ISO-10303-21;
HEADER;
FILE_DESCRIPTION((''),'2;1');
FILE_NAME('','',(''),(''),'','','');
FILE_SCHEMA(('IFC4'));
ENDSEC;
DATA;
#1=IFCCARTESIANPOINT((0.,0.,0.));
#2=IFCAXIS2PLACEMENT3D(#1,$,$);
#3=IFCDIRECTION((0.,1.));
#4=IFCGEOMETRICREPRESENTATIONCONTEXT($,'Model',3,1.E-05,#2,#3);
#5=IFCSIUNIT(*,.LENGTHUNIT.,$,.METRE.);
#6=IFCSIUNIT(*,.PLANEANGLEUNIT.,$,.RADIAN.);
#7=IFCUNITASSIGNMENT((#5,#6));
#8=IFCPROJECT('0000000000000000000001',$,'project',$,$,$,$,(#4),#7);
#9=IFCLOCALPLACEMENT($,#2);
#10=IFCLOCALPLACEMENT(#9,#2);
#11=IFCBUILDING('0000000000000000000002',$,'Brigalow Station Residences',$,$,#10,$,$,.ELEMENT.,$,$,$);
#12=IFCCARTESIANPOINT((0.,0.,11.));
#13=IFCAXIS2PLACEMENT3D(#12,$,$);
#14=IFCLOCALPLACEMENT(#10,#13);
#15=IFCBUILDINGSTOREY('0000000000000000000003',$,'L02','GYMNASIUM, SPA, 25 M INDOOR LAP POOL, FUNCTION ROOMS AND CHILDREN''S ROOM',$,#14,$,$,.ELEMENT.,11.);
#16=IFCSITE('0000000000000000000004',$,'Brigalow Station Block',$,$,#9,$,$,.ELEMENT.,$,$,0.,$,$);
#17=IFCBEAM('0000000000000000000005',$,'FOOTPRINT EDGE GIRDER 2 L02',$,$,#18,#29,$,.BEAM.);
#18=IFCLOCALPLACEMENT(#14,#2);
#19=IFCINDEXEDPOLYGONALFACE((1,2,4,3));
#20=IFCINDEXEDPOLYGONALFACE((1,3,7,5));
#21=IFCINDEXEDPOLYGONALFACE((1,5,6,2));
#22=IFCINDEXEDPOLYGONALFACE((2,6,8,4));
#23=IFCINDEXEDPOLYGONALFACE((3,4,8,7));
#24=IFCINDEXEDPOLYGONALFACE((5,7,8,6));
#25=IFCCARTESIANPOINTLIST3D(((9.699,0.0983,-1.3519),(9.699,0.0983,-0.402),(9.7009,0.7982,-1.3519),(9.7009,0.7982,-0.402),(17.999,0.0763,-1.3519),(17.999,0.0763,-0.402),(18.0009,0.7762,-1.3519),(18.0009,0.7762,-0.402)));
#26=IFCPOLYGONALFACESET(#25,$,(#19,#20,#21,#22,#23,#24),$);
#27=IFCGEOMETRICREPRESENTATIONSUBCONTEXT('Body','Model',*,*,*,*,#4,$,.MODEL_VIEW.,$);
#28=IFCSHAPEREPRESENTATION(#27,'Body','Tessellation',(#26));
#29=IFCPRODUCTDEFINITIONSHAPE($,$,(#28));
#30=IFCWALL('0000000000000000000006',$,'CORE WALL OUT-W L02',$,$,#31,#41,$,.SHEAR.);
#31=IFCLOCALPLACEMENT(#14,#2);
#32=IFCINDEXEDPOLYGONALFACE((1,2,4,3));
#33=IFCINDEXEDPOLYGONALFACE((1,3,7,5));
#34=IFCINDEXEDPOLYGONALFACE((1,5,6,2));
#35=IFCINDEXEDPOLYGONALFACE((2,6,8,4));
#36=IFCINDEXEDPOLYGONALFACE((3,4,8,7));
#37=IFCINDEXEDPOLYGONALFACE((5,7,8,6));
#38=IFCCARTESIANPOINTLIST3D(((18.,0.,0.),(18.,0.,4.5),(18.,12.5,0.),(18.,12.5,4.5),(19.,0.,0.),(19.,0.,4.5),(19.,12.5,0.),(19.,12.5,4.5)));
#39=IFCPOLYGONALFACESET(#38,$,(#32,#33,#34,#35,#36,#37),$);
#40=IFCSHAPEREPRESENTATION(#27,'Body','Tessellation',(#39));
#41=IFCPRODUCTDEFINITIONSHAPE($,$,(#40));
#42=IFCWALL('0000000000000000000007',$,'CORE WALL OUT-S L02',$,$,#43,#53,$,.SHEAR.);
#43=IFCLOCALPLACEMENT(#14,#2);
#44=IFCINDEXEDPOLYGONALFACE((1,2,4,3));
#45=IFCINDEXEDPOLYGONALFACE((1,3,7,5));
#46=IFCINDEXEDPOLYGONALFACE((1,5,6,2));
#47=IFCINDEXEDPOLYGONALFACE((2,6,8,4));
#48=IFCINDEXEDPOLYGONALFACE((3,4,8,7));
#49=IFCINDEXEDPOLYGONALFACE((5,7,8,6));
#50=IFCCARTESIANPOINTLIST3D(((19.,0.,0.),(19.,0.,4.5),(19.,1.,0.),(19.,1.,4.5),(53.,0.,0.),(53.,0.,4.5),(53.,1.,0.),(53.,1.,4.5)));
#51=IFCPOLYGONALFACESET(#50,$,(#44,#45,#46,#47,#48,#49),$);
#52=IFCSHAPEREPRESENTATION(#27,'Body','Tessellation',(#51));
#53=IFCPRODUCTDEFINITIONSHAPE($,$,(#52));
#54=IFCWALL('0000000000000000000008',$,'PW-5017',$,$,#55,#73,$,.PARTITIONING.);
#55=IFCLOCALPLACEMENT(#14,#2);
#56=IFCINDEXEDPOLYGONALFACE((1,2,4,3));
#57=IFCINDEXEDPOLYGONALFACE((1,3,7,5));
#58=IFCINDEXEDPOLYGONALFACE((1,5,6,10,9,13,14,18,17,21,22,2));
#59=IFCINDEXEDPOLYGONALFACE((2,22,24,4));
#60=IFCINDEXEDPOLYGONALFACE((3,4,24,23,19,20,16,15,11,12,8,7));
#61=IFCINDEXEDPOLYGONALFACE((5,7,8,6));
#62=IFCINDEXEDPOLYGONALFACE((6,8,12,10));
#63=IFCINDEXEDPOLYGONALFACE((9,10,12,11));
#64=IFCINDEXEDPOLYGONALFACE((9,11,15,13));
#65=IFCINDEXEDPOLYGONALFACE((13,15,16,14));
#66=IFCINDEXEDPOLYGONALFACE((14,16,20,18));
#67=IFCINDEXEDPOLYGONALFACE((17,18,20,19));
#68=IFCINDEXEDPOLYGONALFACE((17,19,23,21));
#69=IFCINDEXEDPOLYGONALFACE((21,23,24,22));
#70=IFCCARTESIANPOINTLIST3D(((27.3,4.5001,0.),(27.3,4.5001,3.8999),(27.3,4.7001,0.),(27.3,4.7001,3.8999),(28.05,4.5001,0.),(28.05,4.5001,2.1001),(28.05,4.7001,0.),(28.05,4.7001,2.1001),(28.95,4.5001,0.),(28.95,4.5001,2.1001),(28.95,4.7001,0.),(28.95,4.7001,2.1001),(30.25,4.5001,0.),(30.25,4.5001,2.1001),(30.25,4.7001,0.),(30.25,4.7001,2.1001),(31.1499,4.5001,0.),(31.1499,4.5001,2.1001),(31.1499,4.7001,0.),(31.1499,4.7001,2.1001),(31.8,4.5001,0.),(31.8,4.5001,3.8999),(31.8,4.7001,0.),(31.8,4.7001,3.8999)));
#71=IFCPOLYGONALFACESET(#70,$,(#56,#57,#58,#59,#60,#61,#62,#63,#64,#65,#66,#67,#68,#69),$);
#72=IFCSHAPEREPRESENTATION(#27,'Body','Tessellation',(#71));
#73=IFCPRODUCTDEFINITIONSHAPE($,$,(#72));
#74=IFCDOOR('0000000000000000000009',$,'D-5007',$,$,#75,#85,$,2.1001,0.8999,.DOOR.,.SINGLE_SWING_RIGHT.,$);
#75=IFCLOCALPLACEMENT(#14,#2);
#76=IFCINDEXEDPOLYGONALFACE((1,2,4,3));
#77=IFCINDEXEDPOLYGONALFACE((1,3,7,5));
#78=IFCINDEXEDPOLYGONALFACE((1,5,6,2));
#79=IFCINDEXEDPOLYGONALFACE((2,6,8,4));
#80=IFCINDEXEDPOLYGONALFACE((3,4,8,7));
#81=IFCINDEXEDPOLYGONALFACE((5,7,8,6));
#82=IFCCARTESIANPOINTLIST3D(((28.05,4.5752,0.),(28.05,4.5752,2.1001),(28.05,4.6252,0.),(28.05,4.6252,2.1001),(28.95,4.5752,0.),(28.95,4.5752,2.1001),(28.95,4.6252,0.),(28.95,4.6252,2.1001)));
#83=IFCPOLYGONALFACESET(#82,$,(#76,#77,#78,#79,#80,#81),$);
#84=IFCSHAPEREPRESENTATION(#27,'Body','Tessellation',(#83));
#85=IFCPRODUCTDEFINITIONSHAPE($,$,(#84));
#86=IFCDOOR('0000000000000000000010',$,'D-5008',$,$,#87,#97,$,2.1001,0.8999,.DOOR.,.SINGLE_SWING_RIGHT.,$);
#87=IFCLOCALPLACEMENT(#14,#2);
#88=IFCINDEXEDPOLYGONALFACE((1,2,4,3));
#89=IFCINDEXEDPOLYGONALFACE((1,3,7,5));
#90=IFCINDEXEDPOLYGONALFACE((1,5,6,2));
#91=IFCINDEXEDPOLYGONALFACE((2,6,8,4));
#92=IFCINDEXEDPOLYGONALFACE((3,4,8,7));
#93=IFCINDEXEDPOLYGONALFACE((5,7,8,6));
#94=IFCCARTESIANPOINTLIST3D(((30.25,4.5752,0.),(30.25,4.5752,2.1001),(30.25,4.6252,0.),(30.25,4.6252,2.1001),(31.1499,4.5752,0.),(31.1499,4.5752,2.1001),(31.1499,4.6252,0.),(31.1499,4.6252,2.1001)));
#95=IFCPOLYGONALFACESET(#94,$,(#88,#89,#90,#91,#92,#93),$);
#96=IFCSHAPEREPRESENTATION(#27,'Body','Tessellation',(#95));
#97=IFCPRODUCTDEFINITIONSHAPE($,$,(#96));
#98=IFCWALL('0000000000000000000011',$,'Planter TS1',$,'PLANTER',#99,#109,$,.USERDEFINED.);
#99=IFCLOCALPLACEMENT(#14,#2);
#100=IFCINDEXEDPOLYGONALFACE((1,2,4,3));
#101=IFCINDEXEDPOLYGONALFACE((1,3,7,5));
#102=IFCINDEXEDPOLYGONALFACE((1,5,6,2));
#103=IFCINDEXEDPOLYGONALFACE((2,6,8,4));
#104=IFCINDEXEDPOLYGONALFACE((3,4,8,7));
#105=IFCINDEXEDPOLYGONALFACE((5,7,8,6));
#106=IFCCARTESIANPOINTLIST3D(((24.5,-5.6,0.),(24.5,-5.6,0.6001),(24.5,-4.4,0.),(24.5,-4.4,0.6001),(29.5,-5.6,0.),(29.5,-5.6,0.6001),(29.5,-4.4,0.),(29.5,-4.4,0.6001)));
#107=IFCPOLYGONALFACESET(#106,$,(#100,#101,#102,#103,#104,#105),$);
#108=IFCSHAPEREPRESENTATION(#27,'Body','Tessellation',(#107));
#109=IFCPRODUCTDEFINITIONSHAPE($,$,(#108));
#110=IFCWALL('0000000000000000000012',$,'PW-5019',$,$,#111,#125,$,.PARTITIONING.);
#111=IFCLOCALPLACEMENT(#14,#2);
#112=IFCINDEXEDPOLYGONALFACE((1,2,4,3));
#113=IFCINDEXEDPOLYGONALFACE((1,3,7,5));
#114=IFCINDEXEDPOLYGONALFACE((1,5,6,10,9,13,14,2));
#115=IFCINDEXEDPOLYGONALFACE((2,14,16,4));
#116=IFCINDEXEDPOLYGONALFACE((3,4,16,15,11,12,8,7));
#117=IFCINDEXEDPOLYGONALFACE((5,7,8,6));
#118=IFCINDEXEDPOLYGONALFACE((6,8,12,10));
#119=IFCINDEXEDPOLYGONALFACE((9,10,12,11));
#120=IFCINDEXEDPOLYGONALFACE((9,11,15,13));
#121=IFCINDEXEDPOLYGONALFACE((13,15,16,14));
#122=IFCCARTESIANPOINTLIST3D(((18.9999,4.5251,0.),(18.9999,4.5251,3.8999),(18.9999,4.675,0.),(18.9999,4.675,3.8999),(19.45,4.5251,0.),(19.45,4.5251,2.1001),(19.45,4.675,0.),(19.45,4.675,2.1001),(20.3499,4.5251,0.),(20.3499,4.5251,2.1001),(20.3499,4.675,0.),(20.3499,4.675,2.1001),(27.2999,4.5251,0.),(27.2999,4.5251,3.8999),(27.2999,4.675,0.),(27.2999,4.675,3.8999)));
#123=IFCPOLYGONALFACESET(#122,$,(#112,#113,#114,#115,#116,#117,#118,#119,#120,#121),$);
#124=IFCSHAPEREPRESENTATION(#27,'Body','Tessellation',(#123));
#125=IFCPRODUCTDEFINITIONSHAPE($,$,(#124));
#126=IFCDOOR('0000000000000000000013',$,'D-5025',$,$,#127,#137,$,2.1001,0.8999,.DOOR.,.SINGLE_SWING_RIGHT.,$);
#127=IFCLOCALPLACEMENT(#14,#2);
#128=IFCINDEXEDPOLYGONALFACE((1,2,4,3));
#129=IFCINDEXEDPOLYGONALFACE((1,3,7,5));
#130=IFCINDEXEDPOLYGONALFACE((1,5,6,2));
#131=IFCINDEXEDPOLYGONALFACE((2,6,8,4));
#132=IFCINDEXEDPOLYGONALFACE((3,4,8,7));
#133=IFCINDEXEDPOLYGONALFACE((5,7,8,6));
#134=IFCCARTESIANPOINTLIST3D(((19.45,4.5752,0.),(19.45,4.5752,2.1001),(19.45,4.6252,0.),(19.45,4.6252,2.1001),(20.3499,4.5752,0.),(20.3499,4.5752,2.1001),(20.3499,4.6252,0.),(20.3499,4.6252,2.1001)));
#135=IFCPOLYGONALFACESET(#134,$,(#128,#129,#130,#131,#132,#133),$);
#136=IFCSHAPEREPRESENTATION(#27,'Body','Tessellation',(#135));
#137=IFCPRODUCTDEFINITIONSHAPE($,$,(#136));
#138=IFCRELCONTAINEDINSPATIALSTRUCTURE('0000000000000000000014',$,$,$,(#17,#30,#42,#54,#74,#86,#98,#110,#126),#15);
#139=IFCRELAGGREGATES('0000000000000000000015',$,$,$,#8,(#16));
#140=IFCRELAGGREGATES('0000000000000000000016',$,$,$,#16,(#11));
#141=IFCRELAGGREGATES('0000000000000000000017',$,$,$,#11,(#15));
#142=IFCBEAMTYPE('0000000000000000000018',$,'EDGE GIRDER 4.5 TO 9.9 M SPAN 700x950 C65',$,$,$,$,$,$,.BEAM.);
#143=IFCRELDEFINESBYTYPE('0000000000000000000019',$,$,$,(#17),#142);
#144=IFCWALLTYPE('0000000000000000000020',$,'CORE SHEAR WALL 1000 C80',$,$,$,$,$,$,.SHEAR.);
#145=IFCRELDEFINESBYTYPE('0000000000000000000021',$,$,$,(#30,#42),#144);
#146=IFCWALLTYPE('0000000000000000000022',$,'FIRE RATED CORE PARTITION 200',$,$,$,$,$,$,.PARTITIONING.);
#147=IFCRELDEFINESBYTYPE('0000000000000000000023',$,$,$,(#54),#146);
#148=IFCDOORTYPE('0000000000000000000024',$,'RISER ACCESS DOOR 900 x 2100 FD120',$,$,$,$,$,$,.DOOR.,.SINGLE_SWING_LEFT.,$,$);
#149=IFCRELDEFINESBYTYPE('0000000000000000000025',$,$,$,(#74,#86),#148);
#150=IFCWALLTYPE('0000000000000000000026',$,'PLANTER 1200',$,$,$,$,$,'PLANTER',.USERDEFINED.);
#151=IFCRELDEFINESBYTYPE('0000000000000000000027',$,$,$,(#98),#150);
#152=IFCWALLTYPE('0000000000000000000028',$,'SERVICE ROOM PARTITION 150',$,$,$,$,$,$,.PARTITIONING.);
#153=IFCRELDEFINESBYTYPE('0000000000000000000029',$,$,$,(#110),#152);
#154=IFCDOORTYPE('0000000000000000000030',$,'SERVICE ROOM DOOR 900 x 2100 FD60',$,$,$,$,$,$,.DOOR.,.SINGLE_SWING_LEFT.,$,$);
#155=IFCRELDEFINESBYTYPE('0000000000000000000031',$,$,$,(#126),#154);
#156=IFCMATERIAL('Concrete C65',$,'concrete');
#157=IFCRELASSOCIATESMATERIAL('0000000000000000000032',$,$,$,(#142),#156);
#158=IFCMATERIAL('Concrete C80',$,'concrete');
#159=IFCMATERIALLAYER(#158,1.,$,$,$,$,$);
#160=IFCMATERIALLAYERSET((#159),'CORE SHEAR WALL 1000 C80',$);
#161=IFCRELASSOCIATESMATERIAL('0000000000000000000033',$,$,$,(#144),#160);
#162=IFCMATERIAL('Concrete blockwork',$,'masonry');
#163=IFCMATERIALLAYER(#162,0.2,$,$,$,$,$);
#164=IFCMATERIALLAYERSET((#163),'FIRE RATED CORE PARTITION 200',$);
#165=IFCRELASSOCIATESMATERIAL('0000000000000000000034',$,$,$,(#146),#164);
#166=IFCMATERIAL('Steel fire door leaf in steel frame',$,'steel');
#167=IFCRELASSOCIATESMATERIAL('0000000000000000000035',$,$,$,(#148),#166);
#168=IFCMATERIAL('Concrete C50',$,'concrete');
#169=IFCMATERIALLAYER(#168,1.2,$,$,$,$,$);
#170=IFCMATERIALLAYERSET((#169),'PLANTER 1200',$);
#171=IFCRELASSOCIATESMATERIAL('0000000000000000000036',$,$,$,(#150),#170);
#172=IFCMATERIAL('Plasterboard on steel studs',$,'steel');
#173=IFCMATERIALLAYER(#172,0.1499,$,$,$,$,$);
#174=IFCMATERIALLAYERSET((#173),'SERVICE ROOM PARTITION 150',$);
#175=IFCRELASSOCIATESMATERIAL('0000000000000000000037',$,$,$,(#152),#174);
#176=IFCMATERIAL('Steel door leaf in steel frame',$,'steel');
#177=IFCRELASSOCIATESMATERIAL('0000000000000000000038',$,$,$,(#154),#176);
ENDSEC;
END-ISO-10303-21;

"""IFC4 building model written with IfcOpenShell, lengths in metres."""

from ifc_helpers import new_model, si_unit, direction, frame, frame_2d, origin, origin_2d, place, context, subcontext, project, spatial, rectangle, extrude, material, layer, layer_set, material_profile, profile_set, type_object, element, fill, save


model = new_model("IFC4")

# Units and contexts
model_context = context("Model", 3, precision=1e-05, world=origin(), true_north=direction((0.0, 1.0)))
body_context = subcontext(model_context, "Body", "Model", "MODEL_VIEW")
ifc_project = project(units=[si_unit("LENGTHUNIT", "METRE"), si_unit("PLANEANGLEUNIT", "RADIAN")], contexts=[model_context])

# Site, building, storey
site_placement = place(None, origin())
site = spatial("IfcSite", under=ifc_project, at=site_placement, Name="Brigalow Station Block", CompositionType="ELEMENT", RefElevation=0.0)
building_placement = place(site_placement, origin())
building = spatial("IfcBuilding", under=site, at=building_placement, Name="Brigalow Station Residences", CompositionType="ELEMENT")
storey_placement = place(building_placement, frame((0.0, 0.0, 11.0)))
storey = spatial("IfcBuildingStorey", under=building, at=storey_placement, Name="L02", Description="GYMNASIUM, SPA, 25 M INDOOR LAP POOL, FUNCTION ROOMS AND CHILDREN'S ROOM", CompositionType="ELEMENT", Elevation=11.0)

# Beam
ifc_material_1 = material(Name="Concrete C65", Category="concrete")
ifc_material_profile = material_profile(ifc_material_1, rectangle(XDim=0.7, YDim=0.95, at=origin_2d()), Name="RC700x950")
ifc_profile_set = profile_set([ifc_material_profile], Name="Concrete C65")
beam_type = type_object("IfcBeamType", Name="EDGE GIRDER 4.5 TO 9.9 M SPAN 700x950 C65", PredefinedType="BEAM", material=ifc_profile_set)
beam_placement = place(storey_placement, frame((9.7, 0.4482, -0.877), z_axis=(0.999996, -0.002647, 0.0), x_axis=(0.002647, 0.999996, 0.0)))
element("IfcBeam", 1, at=beam_placement, inside=storey, type_object=beam_type, Name="FOOTPRINT EDGE GIRDER 2 L02", PredefinedType="BEAM", context=body_context, shape_type="SweptSolid", body=[
    extrude(rectangle(XDim=0.7, YDim=0.95, at=origin_2d()), origin(), (0.0, 0.0, 1.0), 8.3),
])

# Walls
ifc_material_2 = material(Name="Concrete C80", Category="concrete")
ifc_layer_1 = layer(ifc_material_2, 1.0)
ifc_layer_set_1 = layer_set([ifc_layer_1], Name="CORE SHEAR WALL 1000 C80")
wall_type_1 = type_object("IfcWallType", Name="CORE SHEAR WALL 1000 C80", PredefinedType="SHEAR", material=ifc_layer_set_1)
wall_1_placement = place(storey_placement, frame((18.5, 0.0, 0.0), z_axis=(0.0, 0.0, 1.0), x_axis=(0.0, 1.0, 0.0)))
element("IfcWall", 2, at=wall_1_placement, inside=storey, type_object=wall_type_1, Name="CORE WALL OUT-W L02", PredefinedType="SHEAR", context=body_context, shape_type="SweptSolid", body=[
    extrude(rectangle(XDim=12.5, YDim=1.0, at=frame_2d((6.25, 0.0))), origin(), (0.0, 0.0, 1.0), 4.5),
])
wall_2_placement = place(storey_placement, frame((19.0, 0.5, 0.0), z_axis=(0.0, 0.0, 1.0), x_axis=(1.0, 0.0, 0.0)))
element("IfcWall", 3, at=wall_2_placement, inside=storey, type_object=wall_type_1, Name="CORE WALL OUT-S L02", PredefinedType="SHEAR", context=body_context, shape_type="SweptSolid", body=[
    extrude(rectangle(XDim=34.0, YDim=1.0, at=frame_2d((17.0, 0.0))), origin(), (0.0, 0.0, 1.0), 4.5),
])

# Wall, openings, doors
ifc_material_3 = material(Name="Concrete blockwork", Category="masonry")
ifc_layer_2 = layer(ifc_material_3, 0.2)
ifc_layer_set_2 = layer_set([ifc_layer_2], Name="FIRE RATED CORE PARTITION 200")
wall_type_2 = type_object("IfcWallType", Name="FIRE RATED CORE PARTITION 200", PredefinedType="PARTITIONING", material=ifc_layer_set_2)
wall_3_placement = place(storey_placement, frame((27.3, 4.6001, 0.0), z_axis=(0.0, 0.0, 1.0), x_axis=(1.0, 0.0, 0.0)))
wall_3 = element("IfcWall", 4, at=wall_3_placement, inside=storey, type_object=wall_type_2, Name="PW-5017", PredefinedType="PARTITIONING", context=body_context, shape_type="SweptSolid", body=[
    extrude(rectangle(XDim=4.5, YDim=0.2, at=frame_2d((2.25, 0.0))), origin(), (0.0, 0.0, 1.0), 3.8999),
])
opening_1_placement = place(wall_3_placement, frame((0.75, 0.0, 0.0)))
opening_1 = element("IfcOpeningElement", 5, at=opening_1_placement, cuts=wall_3, PredefinedType="OPENING", context=body_context, shape_type="SweptSolid", body=[
    extrude(rectangle(XDim=0.8999, YDim=2.1001, at=frame_2d((0.45, 1.05))), frame((0.0, 0.1099, 0.0), z_axis=(0.0, -1.0, 0.0), x_axis=(1.0, 0.0, 0.0)), (0.0, 0.0, 1.0), 0.22),
])
opening_2_placement = place(wall_3_placement, frame((2.95, 0.0, 0.0)))
opening_2 = element("IfcOpeningElement", 6, at=opening_2_placement, cuts=wall_3, PredefinedType="OPENING", context=body_context, shape_type="SweptSolid", body=[
    extrude(rectangle(XDim=0.8999, YDim=2.1001, at=frame_2d((0.45, 1.05))), frame((0.0, 0.1099, 0.0), z_axis=(0.0, -1.0, 0.0), x_axis=(1.0, 0.0, 0.0)), (0.0, 0.0, 1.0), 0.22),
])
ifc_material_4 = material(Name="Steel fire door leaf in steel frame", Category="steel")
door_type_1 = type_object("IfcDoorType", Name="RISER ACCESS DOOR 900 x 2100 FD120", OperationType="SINGLE_SWING_LEFT", PredefinedType="DOOR", material=ifc_material_4)
door_1_placement = place(opening_1_placement, frame((0.8999, 0.0, 0.0), z_axis=(0.0, 0.0, 1.0), x_axis=(-1.0, 0.0, 0.0)))
door_1 = element("IfcDoor", 7, at=door_1_placement, inside=storey, type_object=door_type_1, Name="D-5007", OperationType="SINGLE_SWING_RIGHT", OverallHeight=2.1001, OverallWidth=0.8999, PredefinedType="DOOR", context=body_context, shape_type="SweptSolid", body=[
    extrude(rectangle(XDim=0.8999, YDim=2.1001, at=frame_2d((0.45, 1.05))), frame((0.0, 0.0249, 0.0), z_axis=(0.0, -1.0, 0.0), x_axis=(1.0, 0.0, 0.0)), (0.0, 0.0, 1.0), 0.05),
])
fill(opening_1, door_1)
door_2_placement = place(opening_2_placement, frame((0.8999, 0.0, 0.0), z_axis=(0.0, 0.0, 1.0), x_axis=(-1.0, 0.0, 0.0)))
door_2 = element("IfcDoor", 8, at=door_2_placement, inside=storey, type_object=door_type_1, Name="D-5008", OperationType="SINGLE_SWING_RIGHT", OverallHeight=2.1001, OverallWidth=0.8999, PredefinedType="DOOR", context=body_context, shape_type="SweptSolid", body=[
    extrude(rectangle(XDim=0.8999, YDim=2.1001, at=frame_2d((0.45, 1.05))), frame((0.0, 0.0249, 0.0), z_axis=(0.0, -1.0, 0.0), x_axis=(1.0, 0.0, 0.0)), (0.0, 0.0, 1.0), 0.05),
])
fill(opening_2, door_2)

# Wall
ifc_material_5 = material(Name="Concrete C50", Category="concrete")
ifc_layer_3 = layer(ifc_material_5, 1.2)
ifc_layer_set_3 = layer_set([ifc_layer_3], Name="PLANTER 1200")
wall_type_3 = type_object("IfcWallType", Name="PLANTER 1200", ElementType="PLANTER", PredefinedType="USERDEFINED", material=ifc_layer_set_3)
wall_4_placement = place(storey_placement, frame((24.5, -5.0, 0.0), z_axis=(0.0, 0.0, 1.0), x_axis=(1.0, 0.0, 0.0)))
element("IfcWall", 9, at=wall_4_placement, inside=storey, type_object=wall_type_3, Name="Planter TS1", ObjectType="PLANTER", PredefinedType="USERDEFINED", context=body_context, shape_type="SweptSolid", body=[
    extrude(rectangle(XDim=5.0, YDim=1.2, at=frame_2d((2.5, 0.0))), origin(), (0.0, 0.0, 1.0), 0.6001),
])

# Wall, opening, door
ifc_material_6 = material(Name="Plasterboard on steel studs", Category="steel")
ifc_layer_4 = layer(ifc_material_6, 0.1499)
ifc_layer_set_4 = layer_set([ifc_layer_4], Name="SERVICE ROOM PARTITION 150")
wall_type_4 = type_object("IfcWallType", Name="SERVICE ROOM PARTITION 150", PredefinedType="PARTITIONING", material=ifc_layer_set_4)
wall_5_placement = place(storey_placement, frame((19.0, 4.6001, 0.0), z_axis=(0.0, 0.0, 1.0), x_axis=(1.0, 0.0, 0.0)))
wall_5 = element("IfcWall", 10, at=wall_5_placement, inside=storey, type_object=wall_type_4, Name="PW-5019", PredefinedType="PARTITIONING", context=body_context, shape_type="SweptSolid", body=[
    extrude(rectangle(XDim=8.3, YDim=0.1499, at=frame_2d((4.1499, 0.0))), origin(), (0.0, 0.0, 1.0), 3.8999),
])
opening_3_placement = place(wall_5_placement, frame((0.45, 0.0, 0.0)))
opening_3 = element("IfcOpeningElement", 11, at=opening_3_placement, cuts=wall_5, PredefinedType="OPENING", context=body_context, shape_type="SweptSolid", body=[
    extrude(rectangle(XDim=0.8999, YDim=2.1001, at=frame_2d((0.45, 1.05))), frame((0.0, 0.085, 0.0), z_axis=(0.0, -1.0, 0.0), x_axis=(1.0, 0.0, 0.0)), (0.0, 0.0, 1.0), 0.1699),
])
ifc_material_7 = material(Name="Steel door leaf in steel frame", Category="steel")
door_type_2 = type_object("IfcDoorType", Name="SERVICE ROOM DOOR 900 x 2100 FD60", OperationType="SINGLE_SWING_LEFT", PredefinedType="DOOR", material=ifc_material_7)
door_3_placement = place(opening_3_placement, frame((0.8999, 0.0, 0.0), z_axis=(0.0, 0.0, 1.0), x_axis=(-1.0, 0.0, 0.0)))
door_3 = element("IfcDoor", 12, at=door_3_placement, inside=storey, type_object=door_type_2, Name="D-5025", OperationType="SINGLE_SWING_RIGHT", OverallHeight=2.1001, OverallWidth=0.8999, PredefinedType="DOOR", context=body_context, shape_type="SweptSolid", body=[
    extrude(rectangle(XDim=0.8999, YDim=2.1001, at=frame_2d((0.45, 1.05))), frame((0.0, 0.0249, 0.0), z_axis=(0.0, -1.0, 0.0), x_axis=(1.0, 0.0, 0.0)), (0.0, 0.0, 1.0), 0.05),
])
fill(opening_3, door_3)

save(model, "model.ifc")
